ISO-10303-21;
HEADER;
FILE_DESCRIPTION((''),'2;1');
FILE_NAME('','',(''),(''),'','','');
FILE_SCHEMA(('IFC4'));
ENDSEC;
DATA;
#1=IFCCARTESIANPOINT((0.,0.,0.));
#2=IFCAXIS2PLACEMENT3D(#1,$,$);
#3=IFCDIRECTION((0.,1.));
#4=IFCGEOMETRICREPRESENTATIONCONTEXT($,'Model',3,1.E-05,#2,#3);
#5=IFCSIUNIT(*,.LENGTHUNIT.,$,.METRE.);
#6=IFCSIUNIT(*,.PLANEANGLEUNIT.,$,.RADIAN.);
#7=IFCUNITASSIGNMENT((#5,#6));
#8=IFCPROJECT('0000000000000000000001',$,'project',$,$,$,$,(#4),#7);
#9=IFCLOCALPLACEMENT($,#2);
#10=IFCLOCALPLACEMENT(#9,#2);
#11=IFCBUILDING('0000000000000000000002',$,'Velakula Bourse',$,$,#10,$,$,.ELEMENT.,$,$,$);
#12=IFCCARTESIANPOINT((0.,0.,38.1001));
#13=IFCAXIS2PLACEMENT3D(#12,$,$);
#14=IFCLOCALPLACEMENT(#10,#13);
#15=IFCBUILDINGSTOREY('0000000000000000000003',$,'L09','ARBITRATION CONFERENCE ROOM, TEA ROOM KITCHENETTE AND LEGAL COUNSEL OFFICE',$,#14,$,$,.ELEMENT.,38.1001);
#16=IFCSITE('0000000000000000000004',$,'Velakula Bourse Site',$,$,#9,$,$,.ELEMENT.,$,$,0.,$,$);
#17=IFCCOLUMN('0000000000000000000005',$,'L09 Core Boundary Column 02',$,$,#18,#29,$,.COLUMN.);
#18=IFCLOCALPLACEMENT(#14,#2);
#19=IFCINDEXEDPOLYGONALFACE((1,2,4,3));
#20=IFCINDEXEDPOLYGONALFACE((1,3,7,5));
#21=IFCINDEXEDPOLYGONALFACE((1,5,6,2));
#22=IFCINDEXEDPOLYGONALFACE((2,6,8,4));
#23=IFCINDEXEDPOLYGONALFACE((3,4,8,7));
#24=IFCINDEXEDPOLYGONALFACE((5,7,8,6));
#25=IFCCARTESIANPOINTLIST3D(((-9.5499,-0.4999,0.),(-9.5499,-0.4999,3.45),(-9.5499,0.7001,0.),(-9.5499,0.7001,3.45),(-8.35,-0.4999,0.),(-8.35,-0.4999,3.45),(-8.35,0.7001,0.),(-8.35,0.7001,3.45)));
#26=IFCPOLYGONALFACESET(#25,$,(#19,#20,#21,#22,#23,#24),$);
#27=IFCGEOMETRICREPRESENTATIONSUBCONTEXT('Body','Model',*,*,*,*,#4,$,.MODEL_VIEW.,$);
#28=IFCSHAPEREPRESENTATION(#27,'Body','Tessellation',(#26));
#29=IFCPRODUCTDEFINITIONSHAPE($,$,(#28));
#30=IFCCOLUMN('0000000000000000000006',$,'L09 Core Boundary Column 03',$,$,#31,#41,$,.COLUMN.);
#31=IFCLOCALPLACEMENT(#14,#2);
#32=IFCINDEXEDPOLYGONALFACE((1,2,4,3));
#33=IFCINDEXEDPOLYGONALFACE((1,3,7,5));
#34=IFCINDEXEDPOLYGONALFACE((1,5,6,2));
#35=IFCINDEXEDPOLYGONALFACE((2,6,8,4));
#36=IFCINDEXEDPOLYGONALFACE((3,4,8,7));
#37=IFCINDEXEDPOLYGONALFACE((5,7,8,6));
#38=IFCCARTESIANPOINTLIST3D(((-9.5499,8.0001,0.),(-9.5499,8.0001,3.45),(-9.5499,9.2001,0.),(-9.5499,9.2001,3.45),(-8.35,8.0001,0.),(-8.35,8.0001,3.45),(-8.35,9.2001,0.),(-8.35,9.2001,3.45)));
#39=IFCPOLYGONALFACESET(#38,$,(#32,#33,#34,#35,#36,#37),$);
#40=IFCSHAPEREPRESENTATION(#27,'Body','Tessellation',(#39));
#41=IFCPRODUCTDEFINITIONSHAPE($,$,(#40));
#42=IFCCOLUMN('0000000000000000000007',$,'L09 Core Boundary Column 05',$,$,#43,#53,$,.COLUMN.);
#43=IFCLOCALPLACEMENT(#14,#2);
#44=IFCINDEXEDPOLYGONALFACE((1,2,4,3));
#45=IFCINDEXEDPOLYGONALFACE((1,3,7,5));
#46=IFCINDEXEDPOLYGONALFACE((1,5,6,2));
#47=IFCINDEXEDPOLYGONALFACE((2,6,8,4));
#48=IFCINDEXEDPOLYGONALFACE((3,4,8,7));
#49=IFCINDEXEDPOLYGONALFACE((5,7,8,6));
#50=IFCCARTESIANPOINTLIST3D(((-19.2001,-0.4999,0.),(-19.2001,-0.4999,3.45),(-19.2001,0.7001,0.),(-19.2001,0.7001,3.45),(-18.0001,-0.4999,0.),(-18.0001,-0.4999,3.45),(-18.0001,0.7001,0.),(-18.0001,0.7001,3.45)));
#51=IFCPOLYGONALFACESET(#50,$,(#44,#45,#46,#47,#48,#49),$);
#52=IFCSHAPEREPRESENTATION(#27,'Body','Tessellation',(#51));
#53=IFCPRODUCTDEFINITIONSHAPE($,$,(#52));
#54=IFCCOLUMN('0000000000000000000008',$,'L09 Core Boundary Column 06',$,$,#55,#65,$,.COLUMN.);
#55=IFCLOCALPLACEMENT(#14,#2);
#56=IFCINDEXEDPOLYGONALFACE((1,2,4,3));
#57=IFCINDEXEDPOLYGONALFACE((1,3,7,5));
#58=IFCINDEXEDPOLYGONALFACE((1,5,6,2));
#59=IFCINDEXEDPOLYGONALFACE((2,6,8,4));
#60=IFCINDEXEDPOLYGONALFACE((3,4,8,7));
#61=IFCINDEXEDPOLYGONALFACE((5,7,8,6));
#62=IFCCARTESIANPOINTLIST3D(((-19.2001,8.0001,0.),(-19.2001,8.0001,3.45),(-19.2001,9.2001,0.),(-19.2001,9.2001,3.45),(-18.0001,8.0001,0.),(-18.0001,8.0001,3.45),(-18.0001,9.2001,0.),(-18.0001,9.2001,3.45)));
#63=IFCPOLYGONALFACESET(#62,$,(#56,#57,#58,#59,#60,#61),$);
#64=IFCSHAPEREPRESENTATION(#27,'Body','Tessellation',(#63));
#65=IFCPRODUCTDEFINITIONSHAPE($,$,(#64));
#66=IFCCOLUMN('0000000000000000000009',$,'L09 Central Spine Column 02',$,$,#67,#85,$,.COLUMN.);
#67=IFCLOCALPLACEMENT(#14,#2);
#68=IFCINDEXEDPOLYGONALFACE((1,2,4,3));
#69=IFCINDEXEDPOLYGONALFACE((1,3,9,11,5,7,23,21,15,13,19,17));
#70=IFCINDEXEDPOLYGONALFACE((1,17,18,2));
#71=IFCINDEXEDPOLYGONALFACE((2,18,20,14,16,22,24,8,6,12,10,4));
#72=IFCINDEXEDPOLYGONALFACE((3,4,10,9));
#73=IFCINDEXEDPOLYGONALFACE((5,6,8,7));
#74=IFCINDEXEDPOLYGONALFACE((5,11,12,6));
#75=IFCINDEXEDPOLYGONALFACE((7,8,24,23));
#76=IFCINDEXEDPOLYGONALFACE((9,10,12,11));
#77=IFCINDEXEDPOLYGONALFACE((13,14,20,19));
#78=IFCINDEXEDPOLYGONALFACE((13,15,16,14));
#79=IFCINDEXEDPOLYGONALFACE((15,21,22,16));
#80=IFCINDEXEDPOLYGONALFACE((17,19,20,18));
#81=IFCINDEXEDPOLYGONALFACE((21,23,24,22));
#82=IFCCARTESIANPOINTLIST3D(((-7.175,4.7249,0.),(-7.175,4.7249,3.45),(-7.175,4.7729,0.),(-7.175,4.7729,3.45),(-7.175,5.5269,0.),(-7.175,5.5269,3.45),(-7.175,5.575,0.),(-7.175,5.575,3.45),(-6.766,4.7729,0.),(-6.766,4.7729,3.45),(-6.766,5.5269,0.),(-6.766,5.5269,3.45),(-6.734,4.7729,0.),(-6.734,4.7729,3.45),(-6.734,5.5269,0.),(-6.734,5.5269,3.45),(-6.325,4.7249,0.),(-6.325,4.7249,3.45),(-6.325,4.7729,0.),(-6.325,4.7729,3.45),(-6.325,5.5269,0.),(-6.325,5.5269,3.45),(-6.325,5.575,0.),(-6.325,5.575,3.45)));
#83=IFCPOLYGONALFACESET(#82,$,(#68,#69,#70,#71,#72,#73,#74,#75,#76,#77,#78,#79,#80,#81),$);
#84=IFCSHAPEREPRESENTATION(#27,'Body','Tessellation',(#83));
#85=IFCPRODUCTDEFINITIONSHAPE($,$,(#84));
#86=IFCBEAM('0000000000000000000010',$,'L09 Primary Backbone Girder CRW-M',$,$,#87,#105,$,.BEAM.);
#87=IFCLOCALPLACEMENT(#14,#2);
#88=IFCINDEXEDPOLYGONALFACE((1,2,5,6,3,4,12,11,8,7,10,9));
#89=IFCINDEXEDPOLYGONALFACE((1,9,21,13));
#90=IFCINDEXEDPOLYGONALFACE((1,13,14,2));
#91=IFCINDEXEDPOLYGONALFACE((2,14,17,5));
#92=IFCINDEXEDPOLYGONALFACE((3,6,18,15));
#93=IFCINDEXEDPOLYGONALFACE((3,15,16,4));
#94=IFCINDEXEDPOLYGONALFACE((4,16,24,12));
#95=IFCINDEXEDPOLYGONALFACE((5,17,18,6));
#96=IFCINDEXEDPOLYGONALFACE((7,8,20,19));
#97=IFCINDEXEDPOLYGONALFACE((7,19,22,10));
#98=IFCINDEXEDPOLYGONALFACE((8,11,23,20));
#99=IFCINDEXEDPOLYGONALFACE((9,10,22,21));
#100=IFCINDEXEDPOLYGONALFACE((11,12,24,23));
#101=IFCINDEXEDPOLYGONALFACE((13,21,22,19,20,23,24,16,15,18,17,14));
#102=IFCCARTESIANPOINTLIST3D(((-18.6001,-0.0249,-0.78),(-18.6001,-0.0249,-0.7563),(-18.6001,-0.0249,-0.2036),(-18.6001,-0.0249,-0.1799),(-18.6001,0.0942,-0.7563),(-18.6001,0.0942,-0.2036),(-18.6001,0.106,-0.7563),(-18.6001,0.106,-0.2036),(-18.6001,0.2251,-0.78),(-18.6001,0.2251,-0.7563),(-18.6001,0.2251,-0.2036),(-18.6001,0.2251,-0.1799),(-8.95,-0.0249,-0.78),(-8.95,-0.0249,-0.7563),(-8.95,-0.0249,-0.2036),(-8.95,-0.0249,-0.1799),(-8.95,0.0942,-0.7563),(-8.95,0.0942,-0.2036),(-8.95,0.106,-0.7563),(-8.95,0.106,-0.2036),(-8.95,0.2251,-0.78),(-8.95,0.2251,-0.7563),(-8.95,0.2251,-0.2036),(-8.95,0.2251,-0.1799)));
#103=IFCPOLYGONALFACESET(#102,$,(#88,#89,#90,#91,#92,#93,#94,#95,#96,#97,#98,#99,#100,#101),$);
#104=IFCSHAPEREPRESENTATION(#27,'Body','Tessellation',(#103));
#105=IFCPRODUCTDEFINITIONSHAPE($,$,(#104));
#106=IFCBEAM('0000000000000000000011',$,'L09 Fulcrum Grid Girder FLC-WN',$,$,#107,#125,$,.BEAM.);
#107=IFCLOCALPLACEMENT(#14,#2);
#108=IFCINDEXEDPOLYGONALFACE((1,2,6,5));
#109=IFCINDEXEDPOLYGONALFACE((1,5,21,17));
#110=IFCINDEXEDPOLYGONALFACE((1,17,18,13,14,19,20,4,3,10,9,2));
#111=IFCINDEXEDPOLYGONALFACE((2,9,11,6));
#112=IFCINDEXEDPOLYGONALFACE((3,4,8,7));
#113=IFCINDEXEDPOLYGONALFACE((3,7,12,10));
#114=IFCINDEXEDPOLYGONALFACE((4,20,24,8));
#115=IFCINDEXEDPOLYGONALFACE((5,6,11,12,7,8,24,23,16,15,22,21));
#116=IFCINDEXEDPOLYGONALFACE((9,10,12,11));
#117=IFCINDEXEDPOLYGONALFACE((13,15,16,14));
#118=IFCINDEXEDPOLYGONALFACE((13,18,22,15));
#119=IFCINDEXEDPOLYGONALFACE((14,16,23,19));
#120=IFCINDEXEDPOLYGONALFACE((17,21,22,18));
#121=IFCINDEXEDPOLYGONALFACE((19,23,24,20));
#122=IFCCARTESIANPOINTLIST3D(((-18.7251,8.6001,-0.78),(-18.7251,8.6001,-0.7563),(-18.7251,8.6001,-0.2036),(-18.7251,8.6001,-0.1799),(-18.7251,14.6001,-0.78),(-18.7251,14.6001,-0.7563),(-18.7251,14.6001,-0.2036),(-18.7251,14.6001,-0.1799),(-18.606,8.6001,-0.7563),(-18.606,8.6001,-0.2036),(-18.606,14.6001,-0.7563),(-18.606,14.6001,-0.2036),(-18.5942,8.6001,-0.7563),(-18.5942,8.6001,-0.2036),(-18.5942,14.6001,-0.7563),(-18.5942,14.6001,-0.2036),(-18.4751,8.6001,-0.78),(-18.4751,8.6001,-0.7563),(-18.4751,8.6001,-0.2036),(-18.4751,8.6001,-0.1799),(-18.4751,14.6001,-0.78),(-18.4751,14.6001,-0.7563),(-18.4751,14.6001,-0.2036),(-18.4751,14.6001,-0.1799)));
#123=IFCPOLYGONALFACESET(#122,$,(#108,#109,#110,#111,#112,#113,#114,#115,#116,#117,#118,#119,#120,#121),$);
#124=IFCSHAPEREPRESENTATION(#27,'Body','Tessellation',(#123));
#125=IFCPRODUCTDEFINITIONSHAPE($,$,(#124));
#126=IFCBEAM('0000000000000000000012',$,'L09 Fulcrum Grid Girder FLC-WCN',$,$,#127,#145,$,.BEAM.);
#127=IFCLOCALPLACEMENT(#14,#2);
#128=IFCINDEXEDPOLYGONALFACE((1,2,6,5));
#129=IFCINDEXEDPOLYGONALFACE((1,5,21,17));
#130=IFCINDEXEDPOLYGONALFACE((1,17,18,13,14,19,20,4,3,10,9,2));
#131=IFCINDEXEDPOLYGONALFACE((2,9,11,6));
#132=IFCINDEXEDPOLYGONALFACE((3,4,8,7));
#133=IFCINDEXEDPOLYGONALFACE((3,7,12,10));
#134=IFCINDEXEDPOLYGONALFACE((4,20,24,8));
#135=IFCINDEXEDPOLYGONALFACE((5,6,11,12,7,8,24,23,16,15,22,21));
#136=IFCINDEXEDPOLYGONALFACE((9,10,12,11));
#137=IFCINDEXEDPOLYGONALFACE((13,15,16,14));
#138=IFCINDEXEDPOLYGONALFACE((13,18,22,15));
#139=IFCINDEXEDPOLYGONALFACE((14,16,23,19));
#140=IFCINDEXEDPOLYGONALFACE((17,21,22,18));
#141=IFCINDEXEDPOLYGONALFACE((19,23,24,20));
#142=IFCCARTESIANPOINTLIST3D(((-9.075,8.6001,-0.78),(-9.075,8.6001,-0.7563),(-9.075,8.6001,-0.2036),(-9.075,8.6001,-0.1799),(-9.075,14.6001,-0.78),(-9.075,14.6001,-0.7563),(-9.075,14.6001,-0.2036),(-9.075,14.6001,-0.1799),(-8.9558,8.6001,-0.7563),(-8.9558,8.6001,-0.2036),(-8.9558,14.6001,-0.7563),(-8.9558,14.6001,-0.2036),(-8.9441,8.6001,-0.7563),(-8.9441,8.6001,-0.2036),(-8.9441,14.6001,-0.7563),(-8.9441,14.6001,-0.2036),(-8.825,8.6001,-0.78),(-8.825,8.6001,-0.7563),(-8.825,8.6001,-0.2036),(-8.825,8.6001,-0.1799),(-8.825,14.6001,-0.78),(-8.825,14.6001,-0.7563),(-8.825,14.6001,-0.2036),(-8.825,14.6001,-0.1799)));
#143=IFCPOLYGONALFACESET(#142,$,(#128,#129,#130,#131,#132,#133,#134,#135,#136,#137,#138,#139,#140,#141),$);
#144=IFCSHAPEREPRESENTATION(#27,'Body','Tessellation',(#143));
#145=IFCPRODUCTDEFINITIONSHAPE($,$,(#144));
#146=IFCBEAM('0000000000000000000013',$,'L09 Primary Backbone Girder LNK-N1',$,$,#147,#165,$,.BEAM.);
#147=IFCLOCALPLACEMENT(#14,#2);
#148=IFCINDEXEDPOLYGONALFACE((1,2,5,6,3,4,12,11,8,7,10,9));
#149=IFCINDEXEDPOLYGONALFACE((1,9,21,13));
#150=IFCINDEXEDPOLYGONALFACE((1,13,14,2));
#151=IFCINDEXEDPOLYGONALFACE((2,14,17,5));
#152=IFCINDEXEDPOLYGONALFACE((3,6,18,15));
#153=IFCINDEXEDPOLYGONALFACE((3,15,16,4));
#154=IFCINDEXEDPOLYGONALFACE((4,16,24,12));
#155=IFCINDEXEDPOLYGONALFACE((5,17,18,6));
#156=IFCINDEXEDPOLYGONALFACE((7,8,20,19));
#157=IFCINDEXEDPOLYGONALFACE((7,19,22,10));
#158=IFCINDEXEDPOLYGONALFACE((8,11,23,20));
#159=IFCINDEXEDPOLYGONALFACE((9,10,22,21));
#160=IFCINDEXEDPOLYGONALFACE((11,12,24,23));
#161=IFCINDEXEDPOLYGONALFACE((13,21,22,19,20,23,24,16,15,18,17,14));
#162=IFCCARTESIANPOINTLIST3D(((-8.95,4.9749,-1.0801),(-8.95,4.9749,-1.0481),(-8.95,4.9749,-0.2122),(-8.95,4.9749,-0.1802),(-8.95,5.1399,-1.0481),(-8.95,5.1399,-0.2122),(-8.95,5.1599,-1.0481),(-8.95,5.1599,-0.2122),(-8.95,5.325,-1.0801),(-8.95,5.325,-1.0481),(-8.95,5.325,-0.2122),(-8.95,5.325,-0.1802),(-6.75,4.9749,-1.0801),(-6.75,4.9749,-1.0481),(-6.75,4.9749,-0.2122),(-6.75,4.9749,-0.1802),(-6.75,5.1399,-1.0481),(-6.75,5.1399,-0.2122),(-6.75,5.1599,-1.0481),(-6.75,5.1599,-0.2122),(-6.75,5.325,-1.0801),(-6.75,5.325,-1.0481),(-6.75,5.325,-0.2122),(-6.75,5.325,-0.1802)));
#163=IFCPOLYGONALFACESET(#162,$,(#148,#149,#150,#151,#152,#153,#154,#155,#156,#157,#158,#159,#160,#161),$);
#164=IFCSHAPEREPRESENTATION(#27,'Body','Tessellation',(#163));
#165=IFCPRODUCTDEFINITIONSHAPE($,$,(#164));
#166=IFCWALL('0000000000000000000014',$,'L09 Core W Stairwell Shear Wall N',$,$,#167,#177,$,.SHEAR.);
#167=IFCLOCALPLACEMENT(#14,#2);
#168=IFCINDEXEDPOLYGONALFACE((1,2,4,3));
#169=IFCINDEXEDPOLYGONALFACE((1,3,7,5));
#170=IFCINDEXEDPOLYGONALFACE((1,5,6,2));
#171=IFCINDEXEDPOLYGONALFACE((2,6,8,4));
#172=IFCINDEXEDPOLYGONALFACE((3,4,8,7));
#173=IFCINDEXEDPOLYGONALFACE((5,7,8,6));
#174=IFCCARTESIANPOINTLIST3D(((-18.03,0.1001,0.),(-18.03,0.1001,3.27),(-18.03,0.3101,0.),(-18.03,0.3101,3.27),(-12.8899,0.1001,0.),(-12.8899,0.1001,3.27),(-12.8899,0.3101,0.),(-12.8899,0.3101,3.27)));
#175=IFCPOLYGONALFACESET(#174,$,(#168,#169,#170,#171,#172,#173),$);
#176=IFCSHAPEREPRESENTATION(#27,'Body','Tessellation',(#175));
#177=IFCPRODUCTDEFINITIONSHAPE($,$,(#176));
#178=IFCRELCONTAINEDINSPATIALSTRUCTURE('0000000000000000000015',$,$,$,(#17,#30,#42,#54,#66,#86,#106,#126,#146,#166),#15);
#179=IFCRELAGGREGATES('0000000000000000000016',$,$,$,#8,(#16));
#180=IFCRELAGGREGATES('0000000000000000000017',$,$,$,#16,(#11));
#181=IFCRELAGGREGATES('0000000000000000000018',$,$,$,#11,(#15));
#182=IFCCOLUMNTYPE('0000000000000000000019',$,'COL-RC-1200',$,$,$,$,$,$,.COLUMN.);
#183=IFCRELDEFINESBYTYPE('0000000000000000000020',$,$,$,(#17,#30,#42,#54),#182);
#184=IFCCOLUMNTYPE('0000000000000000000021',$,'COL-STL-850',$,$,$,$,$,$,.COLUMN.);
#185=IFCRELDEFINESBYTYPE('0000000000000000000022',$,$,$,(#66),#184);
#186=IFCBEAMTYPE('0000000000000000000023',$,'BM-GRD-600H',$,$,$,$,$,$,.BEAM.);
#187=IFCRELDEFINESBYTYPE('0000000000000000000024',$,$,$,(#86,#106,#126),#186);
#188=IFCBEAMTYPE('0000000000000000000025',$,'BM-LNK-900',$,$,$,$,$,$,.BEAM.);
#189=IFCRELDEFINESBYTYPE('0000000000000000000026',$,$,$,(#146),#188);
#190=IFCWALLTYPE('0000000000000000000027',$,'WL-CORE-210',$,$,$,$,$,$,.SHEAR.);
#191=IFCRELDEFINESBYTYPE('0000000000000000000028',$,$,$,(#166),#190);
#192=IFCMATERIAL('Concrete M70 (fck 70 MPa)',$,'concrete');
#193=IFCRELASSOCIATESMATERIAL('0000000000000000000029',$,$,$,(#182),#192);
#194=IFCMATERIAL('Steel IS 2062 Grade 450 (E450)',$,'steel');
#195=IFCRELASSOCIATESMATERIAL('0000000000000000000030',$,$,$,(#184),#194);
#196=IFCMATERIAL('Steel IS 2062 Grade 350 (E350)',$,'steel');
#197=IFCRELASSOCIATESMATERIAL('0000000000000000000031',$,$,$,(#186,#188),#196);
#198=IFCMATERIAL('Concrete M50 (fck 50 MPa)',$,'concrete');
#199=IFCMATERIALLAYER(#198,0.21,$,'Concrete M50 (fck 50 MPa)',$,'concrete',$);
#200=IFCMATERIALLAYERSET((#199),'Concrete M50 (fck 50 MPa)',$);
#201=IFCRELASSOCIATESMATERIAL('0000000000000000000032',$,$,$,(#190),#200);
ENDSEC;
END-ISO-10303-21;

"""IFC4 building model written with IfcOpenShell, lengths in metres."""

from ifc_helpers import new_model, si_unit, direction, frame, frame_2d, origin, origin_2d, place, context, subcontext, project, spatial, rectangle, i_section, extrude, material, layer, layer_set, material_profile, profile_set, type_object, element, save


model = new_model("IFC4")

# Units and contexts
model_context = context("Model", 3, precision=1e-05, world=origin(), true_north=direction((0.0, 1.0)))
body_context = subcontext(model_context, "Body", "Model", "MODEL_VIEW")
ifc_project = project(units=[si_unit("LENGTHUNIT", "METRE"), si_unit("PLANEANGLEUNIT", "RADIAN")], contexts=[model_context])

# Site, building, storey
site_placement = place(None, origin())
site = spatial("IfcSite", under=ifc_project, at=site_placement, Name="Velakula Bourse Site", CompositionType="ELEMENT", RefElevation=0.0)
building_placement = place(site_placement, origin())
building = spatial("IfcBuilding", under=site, at=building_placement, Name="Velakula Bourse", CompositionType="ELEMENT")
storey_placement = place(building_placement, frame((0.0, 0.0, 38.1001)))
storey = spatial("IfcBuildingStorey", under=building, at=storey_placement, Name="L09", Description="ARBITRATION CONFERENCE ROOM, TEA ROOM KITCHENETTE AND LEGAL COUNSEL OFFICE", CompositionType="ELEMENT", Elevation=38.1001)

# Columns
ifc_material_1 = material(Name="Concrete M70 (fck 70 MPa)", Category="concrete")
ifc_material_profile_1 = material_profile(ifc_material_1, rectangle(XDim=1.2, YDim=1.2, at=origin_2d()), Name="Concrete M70 (fck 70 MPa)")
ifc_profile_set_1 = profile_set([ifc_material_profile_1], Name="Concrete M70 (fck 70 MPa)")
column_type_1 = type_object("IfcColumnType", Name="COL-RC-1200", PredefinedType="COLUMN", material=ifc_profile_set_1)
for number, where, z_axis, x_axis, name in (
    (1, (-8.95, 0.1001, 0.0), (0.0, 0.0, 1.0), (1.0, 0.0, 0.0), "L09 Core Boundary Column 02"),
    (2, (-8.95, 8.6001, 0.0), (0.0, 0.0, 1.0), (1.0, 0.0, 0.0), "L09 Core Boundary Column 03"),
    (3, (-18.6001, 0.1001, 0.0), (0.0, 0.0, 1.0), (1.0, 0.0, 0.0), "L09 Core Boundary Column 05"),
    (4, (-18.6001, 8.6001, 0.0), (0.0, 0.0, 1.0), (1.0, 0.0, 0.0), "L09 Core Boundary Column 06"),
):
    element("IfcColumn", number, at=place(storey_placement, frame(where, z_axis=z_axis, x_axis=x_axis)), inside=storey, type_object=column_type_1, Name=name, PredefinedType="COLUMN", context=body_context, shape_type="SweptSolid", body=[
        extrude(rectangle(XDim=1.2, YDim=1.2, at=origin_2d()), origin(), (0.0, 0.0, 1.0), 3.45),
    ])
ifc_material_2 = material(Name="Steel IS 2062 Grade 450 (E450)", Category="steel")
ifc_material_profile_2 = material_profile(ifc_material_2, i_section(OverallWidth=0.8501, OverallDepth=0.8501, WebThickness=0.032, FlangeThickness=0.0481, at=origin_2d()), Name="Steel IS 2062 Grade 450 (E450)")
ifc_profile_set_2 = profile_set([ifc_material_profile_2], Name="Steel IS 2062 Grade 450 (E450)")
column_type_2 = type_object("IfcColumnType", Name="COL-STL-850", PredefinedType="COLUMN", material=ifc_profile_set_2)
column_placement = place(storey_placement, frame((-6.75, 5.1499, 0.0), z_axis=(0.0, 0.0, 1.0), x_axis=(1.0, 0.0, 0.0)))
element("IfcColumn", 5, at=column_placement, inside=storey, type_object=column_type_2, Name="L09 Central Spine Column 02", PredefinedType="COLUMN", context=body_context, shape_type="SweptSolid", body=[
    extrude(i_section(OverallWidth=0.8501, OverallDepth=0.8501, WebThickness=0.032, FlangeThickness=0.0481, at=origin_2d()), origin(), (0.0, 0.0, 1.0), 3.45),
])

# Beams
ifc_material_3 = material(Name="Steel IS 2062 Grade 350 (E350)", Category="steel")
ifc_material_profile_3 = material_profile(ifc_material_3, i_section(OverallWidth=0.25, OverallDepth=0.6001, WebThickness=0.0117, FlangeThickness=0.0237, at=origin_2d()), Name="Steel IS 2062 Grade 350 (E350)")
ifc_profile_set_3 = profile_set([ifc_material_profile_3], Name="Steel IS 2062 Grade 350 (E350)")
beam_type_1 = type_object("IfcBeamType", Name="BM-GRD-600H", PredefinedType="BEAM", material=ifc_profile_set_3)
beam_1_placement = place(storey_placement, frame((-18.6001, 0.1001, -0.48), z_axis=(1.0, 0.0, 0.0), x_axis=(0.0, 1.0, 0.0)))
element("IfcBeam", 6, at=beam_1_placement, inside=storey, type_object=beam_type_1, Name="L09 Primary Backbone Girder CRW-M", PredefinedType="BEAM", context=body_context, shape_type="SweptSolid", body=[
    extrude(i_section(OverallWidth=0.25, OverallDepth=0.6001, WebThickness=0.0117, FlangeThickness=0.0237, at=origin_2d()), origin(), (0.0, 0.0, 1.0), 9.6501),
])
for number, where, z_axis, x_axis, name in (
    (7, (-18.6001, 8.6001, -0.48), (0.0, 1.0, 0.0), (-1.0, 0.0, 0.0), "L09 Fulcrum Grid Girder FLC-WN"),
    (8, (-8.95, 8.6001, -0.48), (0.0, 1.0, 0.0), (-1.0, 0.0, 0.0), "L09 Fulcrum Grid Girder FLC-WCN"),
):
    element("IfcBeam", number, at=place(storey_placement, frame(where, z_axis=z_axis, x_axis=x_axis)), inside=storey, type_object=beam_type_1, Name=name, PredefinedType="BEAM", context=body_context, shape_type="SweptSolid", body=[
        extrude(i_section(OverallWidth=0.25, OverallDepth=0.6001, WebThickness=0.0117, FlangeThickness=0.0237, at=origin_2d()), origin(), (0.0, 0.0, 1.0), 6.0),
    ])
ifc_material_profile_4 = material_profile(ifc_material_3, i_section(OverallWidth=0.3501, OverallDepth=0.8999, WebThickness=0.02, FlangeThickness=0.032, at=origin_2d()), Name="Steel IS 2062 Grade 350 (E350)")
ifc_profile_set_4 = profile_set([ifc_material_profile_4], Name="Steel IS 2062 Grade 350 (E350)")
beam_type_2 = type_object("IfcBeamType", Name="BM-LNK-900", PredefinedType="BEAM", material=ifc_profile_set_4)
beam_2_placement = place(storey_placement, frame((-8.95, 5.1499, -0.6301), z_axis=(1.0, 0.0, 0.0), x_axis=(0.0, 1.0, 0.0)))
element("IfcBeam", 9, at=beam_2_placement, inside=storey, type_object=beam_type_2, Name="L09 Primary Backbone Girder LNK-N1", PredefinedType="BEAM", context=body_context, shape_type="SweptSolid", body=[
    extrude(i_section(OverallWidth=0.3501, OverallDepth=0.8999, WebThickness=0.02, FlangeThickness=0.032, at=origin_2d()), origin(), (0.0, 0.0, 1.0), 2.2),
])

# Wall
ifc_material_4 = material(Name="Concrete M50 (fck 50 MPa)", Category="concrete")
ifc_layer_1 = layer(ifc_material_4, 0.21, Name="Concrete M50 (fck 50 MPa)", Category="concrete")
ifc_layer_set_1 = layer_set([ifc_layer_1], Name="Concrete M50 (fck 50 MPa)")
wall_type_1 = type_object("IfcWallType", Name="WL-CORE-210", PredefinedType="SHEAR", material=ifc_layer_set_1)
wall_1_placement = place(storey_placement, frame((-12.8899, 0.2051, 0.0), z_axis=(0.0, 0.0, 1.0), x_axis=(-1.0, 0.0, 0.0)))
element("IfcWall", 10, at=wall_1_placement, inside=storey, type_object=wall_type_1, Name="L09 Core W Stairwell Shear Wall N", PredefinedType="SHEAR", context=body_context, shape_type="SweptSolid", body=[
    extrude(rectangle(XDim=5.1401, YDim=0.21, at=frame_2d((2.5701, 0.0))), origin(), (0.0, 0.0, 1.0), 3.27),
])

save(model, "model.ifc")
